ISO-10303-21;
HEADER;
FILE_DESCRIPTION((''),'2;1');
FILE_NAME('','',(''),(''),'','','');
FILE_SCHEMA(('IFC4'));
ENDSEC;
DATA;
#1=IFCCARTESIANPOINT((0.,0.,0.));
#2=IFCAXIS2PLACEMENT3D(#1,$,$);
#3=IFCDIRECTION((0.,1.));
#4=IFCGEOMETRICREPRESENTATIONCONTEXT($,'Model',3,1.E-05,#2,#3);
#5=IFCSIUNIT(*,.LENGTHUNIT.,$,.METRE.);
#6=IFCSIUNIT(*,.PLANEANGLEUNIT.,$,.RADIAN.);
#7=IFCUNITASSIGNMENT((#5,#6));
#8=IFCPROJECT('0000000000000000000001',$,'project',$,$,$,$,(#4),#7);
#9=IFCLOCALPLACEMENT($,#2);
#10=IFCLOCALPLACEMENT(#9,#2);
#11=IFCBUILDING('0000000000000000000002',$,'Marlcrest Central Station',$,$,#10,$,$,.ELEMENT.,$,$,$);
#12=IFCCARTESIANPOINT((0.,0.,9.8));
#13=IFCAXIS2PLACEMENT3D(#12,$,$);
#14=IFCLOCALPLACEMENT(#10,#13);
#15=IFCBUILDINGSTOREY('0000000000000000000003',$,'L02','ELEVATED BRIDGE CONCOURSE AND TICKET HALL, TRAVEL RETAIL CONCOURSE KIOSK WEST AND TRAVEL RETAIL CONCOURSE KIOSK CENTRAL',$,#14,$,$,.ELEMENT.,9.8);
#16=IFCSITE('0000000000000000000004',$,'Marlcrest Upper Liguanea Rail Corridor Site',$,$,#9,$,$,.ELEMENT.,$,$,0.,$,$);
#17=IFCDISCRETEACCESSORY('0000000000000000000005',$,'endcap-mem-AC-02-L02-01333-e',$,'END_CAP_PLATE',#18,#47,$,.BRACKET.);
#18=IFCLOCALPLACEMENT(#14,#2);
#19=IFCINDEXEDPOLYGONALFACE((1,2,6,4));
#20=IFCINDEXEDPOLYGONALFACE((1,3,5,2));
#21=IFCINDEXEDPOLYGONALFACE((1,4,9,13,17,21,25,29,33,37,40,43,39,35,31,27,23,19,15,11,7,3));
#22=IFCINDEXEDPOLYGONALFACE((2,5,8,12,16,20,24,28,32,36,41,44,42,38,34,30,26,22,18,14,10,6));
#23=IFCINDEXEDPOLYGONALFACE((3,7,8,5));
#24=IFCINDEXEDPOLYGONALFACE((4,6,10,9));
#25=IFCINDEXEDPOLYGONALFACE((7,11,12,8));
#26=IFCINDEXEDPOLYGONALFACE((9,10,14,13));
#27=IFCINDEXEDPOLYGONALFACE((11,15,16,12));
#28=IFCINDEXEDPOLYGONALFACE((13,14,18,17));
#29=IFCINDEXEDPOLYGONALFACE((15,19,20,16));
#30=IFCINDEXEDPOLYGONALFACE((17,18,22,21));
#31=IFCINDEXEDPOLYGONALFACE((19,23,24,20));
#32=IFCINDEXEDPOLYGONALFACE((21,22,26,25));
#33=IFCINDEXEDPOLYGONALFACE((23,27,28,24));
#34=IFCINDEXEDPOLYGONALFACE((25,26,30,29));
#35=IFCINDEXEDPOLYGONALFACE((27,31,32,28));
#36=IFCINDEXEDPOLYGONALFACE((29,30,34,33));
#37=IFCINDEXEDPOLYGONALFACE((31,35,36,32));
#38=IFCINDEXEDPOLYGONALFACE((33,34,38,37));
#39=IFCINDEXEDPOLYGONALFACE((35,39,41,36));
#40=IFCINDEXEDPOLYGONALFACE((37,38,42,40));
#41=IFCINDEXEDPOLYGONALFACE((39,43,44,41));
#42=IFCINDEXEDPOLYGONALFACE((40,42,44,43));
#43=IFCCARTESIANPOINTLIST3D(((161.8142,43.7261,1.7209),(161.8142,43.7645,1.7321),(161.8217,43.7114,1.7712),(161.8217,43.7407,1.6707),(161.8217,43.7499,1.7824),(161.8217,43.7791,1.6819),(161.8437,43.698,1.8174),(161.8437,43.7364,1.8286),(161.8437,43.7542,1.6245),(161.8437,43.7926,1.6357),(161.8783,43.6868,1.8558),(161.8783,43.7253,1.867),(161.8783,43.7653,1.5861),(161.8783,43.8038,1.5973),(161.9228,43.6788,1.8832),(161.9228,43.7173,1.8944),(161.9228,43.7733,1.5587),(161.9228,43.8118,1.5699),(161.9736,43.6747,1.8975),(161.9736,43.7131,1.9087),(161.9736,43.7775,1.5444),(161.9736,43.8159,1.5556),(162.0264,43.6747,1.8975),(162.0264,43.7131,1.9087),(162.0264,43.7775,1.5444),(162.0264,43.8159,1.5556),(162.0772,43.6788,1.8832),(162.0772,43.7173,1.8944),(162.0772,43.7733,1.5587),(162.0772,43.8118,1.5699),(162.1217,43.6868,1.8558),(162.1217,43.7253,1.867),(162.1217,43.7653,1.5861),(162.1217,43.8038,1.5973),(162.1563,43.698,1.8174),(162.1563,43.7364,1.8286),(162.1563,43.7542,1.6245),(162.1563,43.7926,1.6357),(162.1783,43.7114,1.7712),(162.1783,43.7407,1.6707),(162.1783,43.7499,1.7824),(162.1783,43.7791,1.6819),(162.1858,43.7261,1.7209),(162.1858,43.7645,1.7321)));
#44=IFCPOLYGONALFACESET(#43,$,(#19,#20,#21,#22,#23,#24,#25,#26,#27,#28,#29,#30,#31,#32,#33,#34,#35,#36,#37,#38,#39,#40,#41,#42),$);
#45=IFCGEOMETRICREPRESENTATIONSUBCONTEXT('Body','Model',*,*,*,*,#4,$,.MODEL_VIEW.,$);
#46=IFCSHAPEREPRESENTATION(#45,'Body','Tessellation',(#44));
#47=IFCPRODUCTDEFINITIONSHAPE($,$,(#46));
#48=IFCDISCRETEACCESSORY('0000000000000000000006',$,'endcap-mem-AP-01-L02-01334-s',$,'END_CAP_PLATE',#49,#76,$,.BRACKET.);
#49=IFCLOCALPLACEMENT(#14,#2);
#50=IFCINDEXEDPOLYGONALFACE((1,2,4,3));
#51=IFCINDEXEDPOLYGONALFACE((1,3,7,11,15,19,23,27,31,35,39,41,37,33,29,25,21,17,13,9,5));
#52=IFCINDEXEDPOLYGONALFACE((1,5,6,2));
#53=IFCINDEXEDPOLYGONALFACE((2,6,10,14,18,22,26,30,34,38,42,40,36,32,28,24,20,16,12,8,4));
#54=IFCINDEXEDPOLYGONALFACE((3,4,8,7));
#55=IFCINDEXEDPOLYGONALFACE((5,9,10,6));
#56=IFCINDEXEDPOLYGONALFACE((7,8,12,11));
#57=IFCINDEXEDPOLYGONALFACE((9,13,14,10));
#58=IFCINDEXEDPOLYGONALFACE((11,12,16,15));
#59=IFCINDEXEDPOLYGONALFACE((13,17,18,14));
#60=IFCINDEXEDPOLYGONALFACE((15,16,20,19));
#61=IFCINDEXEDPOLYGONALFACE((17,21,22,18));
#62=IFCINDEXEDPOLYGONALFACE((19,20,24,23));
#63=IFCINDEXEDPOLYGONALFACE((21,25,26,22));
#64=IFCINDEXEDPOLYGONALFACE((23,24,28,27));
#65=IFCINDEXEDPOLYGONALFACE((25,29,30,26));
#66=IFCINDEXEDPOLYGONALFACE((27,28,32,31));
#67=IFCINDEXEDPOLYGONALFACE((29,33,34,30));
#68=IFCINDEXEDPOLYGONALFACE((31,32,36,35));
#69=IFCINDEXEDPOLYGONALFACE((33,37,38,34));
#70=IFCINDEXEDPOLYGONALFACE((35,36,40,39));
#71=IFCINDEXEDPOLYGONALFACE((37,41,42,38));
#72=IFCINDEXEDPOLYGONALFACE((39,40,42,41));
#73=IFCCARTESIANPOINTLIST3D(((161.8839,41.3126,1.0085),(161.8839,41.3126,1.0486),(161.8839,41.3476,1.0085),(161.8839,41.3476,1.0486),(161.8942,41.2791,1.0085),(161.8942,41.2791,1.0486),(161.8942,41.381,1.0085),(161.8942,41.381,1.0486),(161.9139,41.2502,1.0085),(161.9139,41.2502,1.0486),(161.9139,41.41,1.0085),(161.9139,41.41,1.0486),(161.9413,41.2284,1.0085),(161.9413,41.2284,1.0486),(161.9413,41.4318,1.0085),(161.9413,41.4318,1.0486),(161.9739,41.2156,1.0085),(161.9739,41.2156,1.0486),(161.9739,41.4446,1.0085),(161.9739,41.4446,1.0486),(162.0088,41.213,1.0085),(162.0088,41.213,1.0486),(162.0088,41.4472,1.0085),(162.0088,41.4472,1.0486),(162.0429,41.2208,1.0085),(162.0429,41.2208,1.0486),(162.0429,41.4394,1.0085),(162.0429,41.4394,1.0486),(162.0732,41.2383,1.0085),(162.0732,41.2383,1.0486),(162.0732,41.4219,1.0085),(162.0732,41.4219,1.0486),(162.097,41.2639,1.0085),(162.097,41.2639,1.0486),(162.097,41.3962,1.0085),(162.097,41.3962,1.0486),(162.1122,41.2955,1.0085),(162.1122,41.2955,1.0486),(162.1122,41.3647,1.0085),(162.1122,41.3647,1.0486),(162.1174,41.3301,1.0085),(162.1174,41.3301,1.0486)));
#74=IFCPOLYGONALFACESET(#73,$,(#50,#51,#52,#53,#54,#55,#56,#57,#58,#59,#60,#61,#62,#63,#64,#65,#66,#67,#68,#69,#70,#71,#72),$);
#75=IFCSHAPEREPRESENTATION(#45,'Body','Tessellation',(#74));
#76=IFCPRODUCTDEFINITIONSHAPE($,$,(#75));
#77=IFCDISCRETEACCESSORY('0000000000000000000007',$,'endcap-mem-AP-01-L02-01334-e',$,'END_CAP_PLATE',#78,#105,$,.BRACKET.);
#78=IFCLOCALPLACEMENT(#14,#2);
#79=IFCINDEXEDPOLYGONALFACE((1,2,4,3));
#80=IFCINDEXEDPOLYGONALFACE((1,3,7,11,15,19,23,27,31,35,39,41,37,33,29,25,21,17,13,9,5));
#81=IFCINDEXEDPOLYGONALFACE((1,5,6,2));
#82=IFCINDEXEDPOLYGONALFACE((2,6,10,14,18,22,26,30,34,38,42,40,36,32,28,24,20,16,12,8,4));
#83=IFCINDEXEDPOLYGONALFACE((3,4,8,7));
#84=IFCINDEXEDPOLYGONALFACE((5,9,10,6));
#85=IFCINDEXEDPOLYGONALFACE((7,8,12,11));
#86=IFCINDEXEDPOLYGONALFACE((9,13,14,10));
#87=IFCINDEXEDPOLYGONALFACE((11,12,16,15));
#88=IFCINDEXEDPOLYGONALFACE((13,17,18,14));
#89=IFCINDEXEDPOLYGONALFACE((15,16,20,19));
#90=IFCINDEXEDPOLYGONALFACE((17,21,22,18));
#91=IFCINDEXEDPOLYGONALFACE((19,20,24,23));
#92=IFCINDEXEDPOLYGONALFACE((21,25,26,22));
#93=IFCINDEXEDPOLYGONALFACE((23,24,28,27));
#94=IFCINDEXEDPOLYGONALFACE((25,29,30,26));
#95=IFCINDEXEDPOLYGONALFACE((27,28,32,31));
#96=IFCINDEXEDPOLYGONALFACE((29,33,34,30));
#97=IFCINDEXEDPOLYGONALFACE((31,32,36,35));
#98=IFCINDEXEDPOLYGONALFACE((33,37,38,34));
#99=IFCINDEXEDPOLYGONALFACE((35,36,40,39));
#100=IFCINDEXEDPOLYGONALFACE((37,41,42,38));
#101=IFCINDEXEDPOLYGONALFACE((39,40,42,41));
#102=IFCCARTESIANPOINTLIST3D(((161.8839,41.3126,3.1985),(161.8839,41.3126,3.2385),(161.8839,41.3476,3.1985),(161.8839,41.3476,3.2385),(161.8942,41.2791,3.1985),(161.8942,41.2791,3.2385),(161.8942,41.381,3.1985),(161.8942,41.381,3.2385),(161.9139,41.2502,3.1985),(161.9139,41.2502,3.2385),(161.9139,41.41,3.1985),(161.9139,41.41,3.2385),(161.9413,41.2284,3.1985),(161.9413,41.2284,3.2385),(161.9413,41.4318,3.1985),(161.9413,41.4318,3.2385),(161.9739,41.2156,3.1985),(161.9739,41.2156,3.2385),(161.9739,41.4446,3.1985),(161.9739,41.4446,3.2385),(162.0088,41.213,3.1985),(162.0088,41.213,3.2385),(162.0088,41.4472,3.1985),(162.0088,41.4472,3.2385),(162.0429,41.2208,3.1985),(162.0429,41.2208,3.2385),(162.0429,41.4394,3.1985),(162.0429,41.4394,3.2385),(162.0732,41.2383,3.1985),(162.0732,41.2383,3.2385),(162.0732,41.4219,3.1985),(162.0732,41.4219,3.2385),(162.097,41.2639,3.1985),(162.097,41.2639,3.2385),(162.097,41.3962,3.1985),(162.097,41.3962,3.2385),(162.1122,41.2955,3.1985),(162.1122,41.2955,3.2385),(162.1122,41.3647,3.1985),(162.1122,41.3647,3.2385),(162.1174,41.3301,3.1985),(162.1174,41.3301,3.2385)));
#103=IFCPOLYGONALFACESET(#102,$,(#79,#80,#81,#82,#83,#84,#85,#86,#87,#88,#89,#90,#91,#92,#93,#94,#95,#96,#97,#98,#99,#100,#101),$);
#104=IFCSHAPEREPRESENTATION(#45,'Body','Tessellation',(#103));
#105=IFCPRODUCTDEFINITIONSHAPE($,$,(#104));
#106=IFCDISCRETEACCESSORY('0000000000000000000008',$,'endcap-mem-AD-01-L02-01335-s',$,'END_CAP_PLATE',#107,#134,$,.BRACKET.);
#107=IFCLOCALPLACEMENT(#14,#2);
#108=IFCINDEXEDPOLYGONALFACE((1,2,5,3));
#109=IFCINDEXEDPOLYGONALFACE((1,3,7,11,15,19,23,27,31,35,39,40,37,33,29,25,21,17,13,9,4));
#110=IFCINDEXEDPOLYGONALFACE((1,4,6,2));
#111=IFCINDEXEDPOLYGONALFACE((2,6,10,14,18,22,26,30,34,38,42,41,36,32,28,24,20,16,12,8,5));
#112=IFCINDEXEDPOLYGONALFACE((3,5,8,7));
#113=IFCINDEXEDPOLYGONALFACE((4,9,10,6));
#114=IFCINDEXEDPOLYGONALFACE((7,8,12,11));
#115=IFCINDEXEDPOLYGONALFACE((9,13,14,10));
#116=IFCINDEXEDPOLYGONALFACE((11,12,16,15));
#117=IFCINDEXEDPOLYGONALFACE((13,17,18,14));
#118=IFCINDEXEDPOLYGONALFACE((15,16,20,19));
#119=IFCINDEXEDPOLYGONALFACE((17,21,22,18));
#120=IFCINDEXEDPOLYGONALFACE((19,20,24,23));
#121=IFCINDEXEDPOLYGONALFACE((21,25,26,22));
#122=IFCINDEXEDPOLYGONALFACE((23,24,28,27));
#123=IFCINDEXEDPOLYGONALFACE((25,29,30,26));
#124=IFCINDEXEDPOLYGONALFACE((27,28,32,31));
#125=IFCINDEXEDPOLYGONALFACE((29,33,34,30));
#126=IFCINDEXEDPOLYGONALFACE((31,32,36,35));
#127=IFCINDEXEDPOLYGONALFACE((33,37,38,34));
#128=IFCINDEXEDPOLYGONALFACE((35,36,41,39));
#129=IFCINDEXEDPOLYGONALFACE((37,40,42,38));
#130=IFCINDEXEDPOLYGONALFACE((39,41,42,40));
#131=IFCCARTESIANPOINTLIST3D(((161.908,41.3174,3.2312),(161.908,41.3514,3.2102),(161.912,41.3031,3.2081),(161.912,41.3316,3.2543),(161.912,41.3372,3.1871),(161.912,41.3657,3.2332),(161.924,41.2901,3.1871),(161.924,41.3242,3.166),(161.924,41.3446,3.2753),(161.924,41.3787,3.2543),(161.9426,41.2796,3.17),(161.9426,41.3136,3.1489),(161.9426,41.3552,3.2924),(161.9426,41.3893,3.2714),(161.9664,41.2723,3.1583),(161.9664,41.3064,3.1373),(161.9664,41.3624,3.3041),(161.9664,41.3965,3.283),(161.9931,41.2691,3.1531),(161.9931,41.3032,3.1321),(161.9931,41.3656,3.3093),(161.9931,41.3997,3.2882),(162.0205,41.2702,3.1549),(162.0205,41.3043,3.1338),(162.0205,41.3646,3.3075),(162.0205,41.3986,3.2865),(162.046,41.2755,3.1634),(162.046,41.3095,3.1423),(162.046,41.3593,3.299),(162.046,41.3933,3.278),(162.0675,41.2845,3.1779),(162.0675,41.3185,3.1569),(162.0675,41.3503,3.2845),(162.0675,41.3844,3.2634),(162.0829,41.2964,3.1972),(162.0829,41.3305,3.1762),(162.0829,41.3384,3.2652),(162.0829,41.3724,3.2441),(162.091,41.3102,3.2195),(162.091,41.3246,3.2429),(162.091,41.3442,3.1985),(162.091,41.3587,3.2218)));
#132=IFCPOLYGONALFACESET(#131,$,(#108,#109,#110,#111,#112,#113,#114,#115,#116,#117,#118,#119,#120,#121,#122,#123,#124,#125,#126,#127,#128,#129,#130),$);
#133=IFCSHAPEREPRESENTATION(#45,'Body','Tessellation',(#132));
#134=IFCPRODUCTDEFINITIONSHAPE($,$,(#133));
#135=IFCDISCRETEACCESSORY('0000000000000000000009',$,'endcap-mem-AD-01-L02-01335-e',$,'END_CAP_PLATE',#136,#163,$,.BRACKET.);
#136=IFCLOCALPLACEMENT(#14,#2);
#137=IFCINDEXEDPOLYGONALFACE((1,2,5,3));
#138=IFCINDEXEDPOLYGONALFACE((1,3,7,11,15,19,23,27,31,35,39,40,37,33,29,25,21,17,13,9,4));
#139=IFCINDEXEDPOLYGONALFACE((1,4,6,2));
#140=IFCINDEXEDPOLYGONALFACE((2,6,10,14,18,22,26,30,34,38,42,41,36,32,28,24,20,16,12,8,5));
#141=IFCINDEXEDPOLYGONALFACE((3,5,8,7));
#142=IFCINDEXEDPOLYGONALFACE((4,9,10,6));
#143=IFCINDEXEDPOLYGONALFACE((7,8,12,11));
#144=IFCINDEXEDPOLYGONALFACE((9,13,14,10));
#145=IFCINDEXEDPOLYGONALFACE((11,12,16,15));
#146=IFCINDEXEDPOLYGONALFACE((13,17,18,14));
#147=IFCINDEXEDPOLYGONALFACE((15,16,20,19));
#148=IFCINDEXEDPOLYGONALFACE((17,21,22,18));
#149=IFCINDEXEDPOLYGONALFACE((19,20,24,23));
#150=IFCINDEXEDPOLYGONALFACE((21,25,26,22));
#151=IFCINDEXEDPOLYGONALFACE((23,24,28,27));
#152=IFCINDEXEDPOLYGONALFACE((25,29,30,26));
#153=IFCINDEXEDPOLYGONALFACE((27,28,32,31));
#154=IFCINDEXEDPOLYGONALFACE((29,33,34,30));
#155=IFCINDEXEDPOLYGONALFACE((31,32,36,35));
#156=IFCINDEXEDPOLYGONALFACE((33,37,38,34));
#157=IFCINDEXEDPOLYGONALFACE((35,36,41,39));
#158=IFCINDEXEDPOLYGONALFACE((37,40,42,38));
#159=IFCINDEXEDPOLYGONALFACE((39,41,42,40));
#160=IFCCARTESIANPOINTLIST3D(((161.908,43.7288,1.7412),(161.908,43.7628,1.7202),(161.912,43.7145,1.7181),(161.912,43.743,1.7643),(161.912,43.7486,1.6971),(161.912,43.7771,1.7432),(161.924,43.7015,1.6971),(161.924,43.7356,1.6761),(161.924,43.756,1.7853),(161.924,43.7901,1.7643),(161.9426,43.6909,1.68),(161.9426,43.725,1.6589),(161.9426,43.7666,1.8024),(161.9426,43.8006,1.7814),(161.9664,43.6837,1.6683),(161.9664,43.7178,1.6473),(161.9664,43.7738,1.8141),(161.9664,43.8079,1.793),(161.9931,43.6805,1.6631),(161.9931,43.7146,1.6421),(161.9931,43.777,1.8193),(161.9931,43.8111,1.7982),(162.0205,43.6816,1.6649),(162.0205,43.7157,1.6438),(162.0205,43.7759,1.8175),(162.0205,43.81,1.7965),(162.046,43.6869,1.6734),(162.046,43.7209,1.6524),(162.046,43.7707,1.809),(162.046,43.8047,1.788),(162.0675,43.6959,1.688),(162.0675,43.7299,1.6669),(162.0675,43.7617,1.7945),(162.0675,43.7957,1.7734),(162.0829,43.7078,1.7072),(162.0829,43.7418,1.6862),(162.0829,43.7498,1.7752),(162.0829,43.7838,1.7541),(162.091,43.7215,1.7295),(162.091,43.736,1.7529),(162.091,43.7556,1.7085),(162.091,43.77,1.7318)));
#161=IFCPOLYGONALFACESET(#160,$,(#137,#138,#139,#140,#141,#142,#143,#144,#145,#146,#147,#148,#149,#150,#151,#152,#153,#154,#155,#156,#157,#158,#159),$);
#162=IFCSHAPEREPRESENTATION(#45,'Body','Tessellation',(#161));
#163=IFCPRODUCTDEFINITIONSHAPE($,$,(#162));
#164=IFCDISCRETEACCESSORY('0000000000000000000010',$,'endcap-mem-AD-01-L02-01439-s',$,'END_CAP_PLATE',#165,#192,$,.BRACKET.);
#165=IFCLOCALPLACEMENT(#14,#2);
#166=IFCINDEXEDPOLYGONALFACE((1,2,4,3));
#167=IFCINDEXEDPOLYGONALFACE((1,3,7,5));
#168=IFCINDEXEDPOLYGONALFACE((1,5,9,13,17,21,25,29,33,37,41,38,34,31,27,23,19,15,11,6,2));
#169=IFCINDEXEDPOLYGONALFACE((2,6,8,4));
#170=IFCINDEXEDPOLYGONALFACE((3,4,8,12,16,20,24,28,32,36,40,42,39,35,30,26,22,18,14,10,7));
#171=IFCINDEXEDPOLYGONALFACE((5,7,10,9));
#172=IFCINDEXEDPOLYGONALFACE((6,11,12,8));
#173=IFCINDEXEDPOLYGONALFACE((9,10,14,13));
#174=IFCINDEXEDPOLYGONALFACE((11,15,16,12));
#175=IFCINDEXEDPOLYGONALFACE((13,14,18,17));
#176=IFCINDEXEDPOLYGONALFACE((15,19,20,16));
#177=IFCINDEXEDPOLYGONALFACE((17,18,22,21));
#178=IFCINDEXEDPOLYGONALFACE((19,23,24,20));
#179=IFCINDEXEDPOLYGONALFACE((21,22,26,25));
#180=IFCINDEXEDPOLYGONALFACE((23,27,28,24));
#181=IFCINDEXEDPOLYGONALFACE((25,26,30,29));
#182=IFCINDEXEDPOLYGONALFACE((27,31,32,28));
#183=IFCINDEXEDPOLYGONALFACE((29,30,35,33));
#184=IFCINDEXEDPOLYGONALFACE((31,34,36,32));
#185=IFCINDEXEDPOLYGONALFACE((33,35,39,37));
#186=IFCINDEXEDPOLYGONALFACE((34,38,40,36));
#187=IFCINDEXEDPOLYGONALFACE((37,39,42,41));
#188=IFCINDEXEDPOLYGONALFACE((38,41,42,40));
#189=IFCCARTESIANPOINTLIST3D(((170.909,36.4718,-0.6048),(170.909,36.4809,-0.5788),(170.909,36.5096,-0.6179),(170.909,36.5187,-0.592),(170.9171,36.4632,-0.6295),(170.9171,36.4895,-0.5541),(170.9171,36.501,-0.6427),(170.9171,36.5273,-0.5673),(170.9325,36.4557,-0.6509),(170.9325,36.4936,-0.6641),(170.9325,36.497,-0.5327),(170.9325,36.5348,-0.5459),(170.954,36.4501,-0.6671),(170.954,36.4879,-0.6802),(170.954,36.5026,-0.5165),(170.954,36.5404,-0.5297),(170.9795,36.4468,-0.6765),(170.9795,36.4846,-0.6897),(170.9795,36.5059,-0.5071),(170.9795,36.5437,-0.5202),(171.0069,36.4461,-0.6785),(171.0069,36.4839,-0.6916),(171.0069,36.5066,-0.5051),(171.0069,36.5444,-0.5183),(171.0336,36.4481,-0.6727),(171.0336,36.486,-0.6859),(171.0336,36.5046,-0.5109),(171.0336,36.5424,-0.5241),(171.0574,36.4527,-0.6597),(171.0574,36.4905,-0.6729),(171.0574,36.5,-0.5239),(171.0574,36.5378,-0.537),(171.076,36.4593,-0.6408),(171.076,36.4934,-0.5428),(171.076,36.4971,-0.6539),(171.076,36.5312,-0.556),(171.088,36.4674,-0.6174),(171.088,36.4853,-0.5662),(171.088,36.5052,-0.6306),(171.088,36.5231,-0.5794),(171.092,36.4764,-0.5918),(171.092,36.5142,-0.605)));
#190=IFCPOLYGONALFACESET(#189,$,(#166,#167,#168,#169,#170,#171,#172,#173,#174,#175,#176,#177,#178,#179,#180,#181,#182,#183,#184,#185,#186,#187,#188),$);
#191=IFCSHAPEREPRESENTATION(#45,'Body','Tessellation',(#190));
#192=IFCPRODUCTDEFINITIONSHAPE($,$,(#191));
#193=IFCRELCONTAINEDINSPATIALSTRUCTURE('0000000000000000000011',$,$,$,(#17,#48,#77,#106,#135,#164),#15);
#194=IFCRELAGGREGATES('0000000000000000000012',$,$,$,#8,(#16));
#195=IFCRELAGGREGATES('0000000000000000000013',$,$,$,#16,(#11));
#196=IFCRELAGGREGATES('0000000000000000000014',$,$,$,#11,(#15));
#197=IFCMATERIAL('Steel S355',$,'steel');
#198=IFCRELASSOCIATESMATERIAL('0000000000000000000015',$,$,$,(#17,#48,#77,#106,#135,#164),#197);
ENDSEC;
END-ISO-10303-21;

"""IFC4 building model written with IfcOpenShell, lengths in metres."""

from ifc_helpers import new_model, si_unit, direction, frame, origin, origin_2d, place, context, subcontext, project, spatial, circle, extrude, material, element, save


model = new_model("IFC4")

# Units and contexts
model_context = context("Model", 3, precision=1e-05, world=origin(), true_north=direction((0.0, 1.0)))
body_context = subcontext(model_context, "Body", "Model", "MODEL_VIEW")
ifc_project = project(units=[si_unit("LENGTHUNIT", "METRE"), si_unit("PLANEANGLEUNIT", "RADIAN")], contexts=[model_context])

# Site, building, storey
site_placement = place(None, origin())
site = spatial("IfcSite", under=ifc_project, at=site_placement, Name="Marlcrest Upper Liguanea Rail Corridor Site", CompositionType="ELEMENT", RefElevation=0.0)
building_placement = place(site_placement, origin())
building = spatial("IfcBuilding", under=site, at=building_placement, Name="Marlcrest Central Station", CompositionType="ELEMENT")
storey_placement = place(building_placement, frame((0.0, 0.0, 9.8)))
storey = spatial("IfcBuildingStorey", under=building, at=storey_placement, Name="L02", Description="ELEVATED BRIDGE CONCOURSE AND TICKET HALL, TRAVEL RETAIL CONCOURSE KIOSK WEST AND TRAVEL RETAIL CONCOURSE KIOSK CENTRAL", CompositionType="ELEMENT", Elevation=9.8)

# Shared definitions
ifc_material_1 = material(Name="Steel S355", Category="steel")

# Discrete accessories
for number, where, z_axis, x_axis, name in (
    (1, (162.0, 43.7261, 1.7209), (0.0, 0.96013, 0.279554), (-1.0, 0.0, 0.0), "endcap-mem-AC-02-L02-01333-e"),
):
    element("IfcDiscreteAccessory", number, at=place(storey_placement, frame(where, z_axis=z_axis, x_axis=x_axis)), inside=storey, material=ifc_material_1, Name=name, ObjectType="END_CAP_PLATE", PredefinedType="BRACKET", context=body_context, shape_type="SweptSolid", body=[
        extrude(circle(Radius=0.1858, at=origin_2d()), origin(), (0.0, 0.0, 1.0), 0.04),
    ])
for number, where, z_axis, x_axis, name in (
    (2, (162.0, 41.3301, 1.0085), (0.0, 0.0, 1.0), (1.0, 0.0, 0.0), "endcap-mem-AP-01-L02-01334-s"),
    (3, (162.0, 41.3301, 3.1985), (0.0, 0.0, 1.0), (1.0, 0.0, 0.0), "endcap-mem-AP-01-L02-01334-e"),
):
    element("IfcDiscreteAccessory", number, at=place(storey_placement, frame(where, z_axis=z_axis, x_axis=x_axis)), inside=storey, material=ifc_material_1, Name=name, ObjectType="END_CAP_PLATE", PredefinedType="BRACKET", context=body_context, shape_type="SweptSolid", body=[
        extrude(circle(Radius=0.1174, at=origin_2d()), origin(), (0.0, 0.0, 1.0), 0.04),
    ])
for number, where, z_axis, x_axis, name in (
    (4, (162.0, 41.3174, 3.2312), (0.0, 0.850687, -0.525672), (-1.0, 0.0, 0.0), "endcap-mem-AD-01-L02-01335-s"),
    (5, (162.0, 43.7288, 1.7412), (0.0, 0.850687, -0.525672), (-1.0, 0.0, 0.0), "endcap-mem-AD-01-L02-01335-e"),
    (6, (171.0, 36.5142, -0.605), (0.0, -0.94426, 0.3292), (1.0, 0.0, 0.0), "endcap-mem-AD-01-L02-01439-s"),
):
    element("IfcDiscreteAccessory", number, at=place(storey_placement, frame(where, z_axis=z_axis, x_axis=x_axis)), inside=storey, material=ifc_material_1, Name=name, ObjectType="END_CAP_PLATE", PredefinedType="BRACKET", context=body_context, shape_type="SweptSolid", body=[
        extrude(circle(Radius=0.092, at=origin_2d()), origin(), (0.0, 0.0, 1.0), 0.04),
    ])

save(model, "model.ifc")
